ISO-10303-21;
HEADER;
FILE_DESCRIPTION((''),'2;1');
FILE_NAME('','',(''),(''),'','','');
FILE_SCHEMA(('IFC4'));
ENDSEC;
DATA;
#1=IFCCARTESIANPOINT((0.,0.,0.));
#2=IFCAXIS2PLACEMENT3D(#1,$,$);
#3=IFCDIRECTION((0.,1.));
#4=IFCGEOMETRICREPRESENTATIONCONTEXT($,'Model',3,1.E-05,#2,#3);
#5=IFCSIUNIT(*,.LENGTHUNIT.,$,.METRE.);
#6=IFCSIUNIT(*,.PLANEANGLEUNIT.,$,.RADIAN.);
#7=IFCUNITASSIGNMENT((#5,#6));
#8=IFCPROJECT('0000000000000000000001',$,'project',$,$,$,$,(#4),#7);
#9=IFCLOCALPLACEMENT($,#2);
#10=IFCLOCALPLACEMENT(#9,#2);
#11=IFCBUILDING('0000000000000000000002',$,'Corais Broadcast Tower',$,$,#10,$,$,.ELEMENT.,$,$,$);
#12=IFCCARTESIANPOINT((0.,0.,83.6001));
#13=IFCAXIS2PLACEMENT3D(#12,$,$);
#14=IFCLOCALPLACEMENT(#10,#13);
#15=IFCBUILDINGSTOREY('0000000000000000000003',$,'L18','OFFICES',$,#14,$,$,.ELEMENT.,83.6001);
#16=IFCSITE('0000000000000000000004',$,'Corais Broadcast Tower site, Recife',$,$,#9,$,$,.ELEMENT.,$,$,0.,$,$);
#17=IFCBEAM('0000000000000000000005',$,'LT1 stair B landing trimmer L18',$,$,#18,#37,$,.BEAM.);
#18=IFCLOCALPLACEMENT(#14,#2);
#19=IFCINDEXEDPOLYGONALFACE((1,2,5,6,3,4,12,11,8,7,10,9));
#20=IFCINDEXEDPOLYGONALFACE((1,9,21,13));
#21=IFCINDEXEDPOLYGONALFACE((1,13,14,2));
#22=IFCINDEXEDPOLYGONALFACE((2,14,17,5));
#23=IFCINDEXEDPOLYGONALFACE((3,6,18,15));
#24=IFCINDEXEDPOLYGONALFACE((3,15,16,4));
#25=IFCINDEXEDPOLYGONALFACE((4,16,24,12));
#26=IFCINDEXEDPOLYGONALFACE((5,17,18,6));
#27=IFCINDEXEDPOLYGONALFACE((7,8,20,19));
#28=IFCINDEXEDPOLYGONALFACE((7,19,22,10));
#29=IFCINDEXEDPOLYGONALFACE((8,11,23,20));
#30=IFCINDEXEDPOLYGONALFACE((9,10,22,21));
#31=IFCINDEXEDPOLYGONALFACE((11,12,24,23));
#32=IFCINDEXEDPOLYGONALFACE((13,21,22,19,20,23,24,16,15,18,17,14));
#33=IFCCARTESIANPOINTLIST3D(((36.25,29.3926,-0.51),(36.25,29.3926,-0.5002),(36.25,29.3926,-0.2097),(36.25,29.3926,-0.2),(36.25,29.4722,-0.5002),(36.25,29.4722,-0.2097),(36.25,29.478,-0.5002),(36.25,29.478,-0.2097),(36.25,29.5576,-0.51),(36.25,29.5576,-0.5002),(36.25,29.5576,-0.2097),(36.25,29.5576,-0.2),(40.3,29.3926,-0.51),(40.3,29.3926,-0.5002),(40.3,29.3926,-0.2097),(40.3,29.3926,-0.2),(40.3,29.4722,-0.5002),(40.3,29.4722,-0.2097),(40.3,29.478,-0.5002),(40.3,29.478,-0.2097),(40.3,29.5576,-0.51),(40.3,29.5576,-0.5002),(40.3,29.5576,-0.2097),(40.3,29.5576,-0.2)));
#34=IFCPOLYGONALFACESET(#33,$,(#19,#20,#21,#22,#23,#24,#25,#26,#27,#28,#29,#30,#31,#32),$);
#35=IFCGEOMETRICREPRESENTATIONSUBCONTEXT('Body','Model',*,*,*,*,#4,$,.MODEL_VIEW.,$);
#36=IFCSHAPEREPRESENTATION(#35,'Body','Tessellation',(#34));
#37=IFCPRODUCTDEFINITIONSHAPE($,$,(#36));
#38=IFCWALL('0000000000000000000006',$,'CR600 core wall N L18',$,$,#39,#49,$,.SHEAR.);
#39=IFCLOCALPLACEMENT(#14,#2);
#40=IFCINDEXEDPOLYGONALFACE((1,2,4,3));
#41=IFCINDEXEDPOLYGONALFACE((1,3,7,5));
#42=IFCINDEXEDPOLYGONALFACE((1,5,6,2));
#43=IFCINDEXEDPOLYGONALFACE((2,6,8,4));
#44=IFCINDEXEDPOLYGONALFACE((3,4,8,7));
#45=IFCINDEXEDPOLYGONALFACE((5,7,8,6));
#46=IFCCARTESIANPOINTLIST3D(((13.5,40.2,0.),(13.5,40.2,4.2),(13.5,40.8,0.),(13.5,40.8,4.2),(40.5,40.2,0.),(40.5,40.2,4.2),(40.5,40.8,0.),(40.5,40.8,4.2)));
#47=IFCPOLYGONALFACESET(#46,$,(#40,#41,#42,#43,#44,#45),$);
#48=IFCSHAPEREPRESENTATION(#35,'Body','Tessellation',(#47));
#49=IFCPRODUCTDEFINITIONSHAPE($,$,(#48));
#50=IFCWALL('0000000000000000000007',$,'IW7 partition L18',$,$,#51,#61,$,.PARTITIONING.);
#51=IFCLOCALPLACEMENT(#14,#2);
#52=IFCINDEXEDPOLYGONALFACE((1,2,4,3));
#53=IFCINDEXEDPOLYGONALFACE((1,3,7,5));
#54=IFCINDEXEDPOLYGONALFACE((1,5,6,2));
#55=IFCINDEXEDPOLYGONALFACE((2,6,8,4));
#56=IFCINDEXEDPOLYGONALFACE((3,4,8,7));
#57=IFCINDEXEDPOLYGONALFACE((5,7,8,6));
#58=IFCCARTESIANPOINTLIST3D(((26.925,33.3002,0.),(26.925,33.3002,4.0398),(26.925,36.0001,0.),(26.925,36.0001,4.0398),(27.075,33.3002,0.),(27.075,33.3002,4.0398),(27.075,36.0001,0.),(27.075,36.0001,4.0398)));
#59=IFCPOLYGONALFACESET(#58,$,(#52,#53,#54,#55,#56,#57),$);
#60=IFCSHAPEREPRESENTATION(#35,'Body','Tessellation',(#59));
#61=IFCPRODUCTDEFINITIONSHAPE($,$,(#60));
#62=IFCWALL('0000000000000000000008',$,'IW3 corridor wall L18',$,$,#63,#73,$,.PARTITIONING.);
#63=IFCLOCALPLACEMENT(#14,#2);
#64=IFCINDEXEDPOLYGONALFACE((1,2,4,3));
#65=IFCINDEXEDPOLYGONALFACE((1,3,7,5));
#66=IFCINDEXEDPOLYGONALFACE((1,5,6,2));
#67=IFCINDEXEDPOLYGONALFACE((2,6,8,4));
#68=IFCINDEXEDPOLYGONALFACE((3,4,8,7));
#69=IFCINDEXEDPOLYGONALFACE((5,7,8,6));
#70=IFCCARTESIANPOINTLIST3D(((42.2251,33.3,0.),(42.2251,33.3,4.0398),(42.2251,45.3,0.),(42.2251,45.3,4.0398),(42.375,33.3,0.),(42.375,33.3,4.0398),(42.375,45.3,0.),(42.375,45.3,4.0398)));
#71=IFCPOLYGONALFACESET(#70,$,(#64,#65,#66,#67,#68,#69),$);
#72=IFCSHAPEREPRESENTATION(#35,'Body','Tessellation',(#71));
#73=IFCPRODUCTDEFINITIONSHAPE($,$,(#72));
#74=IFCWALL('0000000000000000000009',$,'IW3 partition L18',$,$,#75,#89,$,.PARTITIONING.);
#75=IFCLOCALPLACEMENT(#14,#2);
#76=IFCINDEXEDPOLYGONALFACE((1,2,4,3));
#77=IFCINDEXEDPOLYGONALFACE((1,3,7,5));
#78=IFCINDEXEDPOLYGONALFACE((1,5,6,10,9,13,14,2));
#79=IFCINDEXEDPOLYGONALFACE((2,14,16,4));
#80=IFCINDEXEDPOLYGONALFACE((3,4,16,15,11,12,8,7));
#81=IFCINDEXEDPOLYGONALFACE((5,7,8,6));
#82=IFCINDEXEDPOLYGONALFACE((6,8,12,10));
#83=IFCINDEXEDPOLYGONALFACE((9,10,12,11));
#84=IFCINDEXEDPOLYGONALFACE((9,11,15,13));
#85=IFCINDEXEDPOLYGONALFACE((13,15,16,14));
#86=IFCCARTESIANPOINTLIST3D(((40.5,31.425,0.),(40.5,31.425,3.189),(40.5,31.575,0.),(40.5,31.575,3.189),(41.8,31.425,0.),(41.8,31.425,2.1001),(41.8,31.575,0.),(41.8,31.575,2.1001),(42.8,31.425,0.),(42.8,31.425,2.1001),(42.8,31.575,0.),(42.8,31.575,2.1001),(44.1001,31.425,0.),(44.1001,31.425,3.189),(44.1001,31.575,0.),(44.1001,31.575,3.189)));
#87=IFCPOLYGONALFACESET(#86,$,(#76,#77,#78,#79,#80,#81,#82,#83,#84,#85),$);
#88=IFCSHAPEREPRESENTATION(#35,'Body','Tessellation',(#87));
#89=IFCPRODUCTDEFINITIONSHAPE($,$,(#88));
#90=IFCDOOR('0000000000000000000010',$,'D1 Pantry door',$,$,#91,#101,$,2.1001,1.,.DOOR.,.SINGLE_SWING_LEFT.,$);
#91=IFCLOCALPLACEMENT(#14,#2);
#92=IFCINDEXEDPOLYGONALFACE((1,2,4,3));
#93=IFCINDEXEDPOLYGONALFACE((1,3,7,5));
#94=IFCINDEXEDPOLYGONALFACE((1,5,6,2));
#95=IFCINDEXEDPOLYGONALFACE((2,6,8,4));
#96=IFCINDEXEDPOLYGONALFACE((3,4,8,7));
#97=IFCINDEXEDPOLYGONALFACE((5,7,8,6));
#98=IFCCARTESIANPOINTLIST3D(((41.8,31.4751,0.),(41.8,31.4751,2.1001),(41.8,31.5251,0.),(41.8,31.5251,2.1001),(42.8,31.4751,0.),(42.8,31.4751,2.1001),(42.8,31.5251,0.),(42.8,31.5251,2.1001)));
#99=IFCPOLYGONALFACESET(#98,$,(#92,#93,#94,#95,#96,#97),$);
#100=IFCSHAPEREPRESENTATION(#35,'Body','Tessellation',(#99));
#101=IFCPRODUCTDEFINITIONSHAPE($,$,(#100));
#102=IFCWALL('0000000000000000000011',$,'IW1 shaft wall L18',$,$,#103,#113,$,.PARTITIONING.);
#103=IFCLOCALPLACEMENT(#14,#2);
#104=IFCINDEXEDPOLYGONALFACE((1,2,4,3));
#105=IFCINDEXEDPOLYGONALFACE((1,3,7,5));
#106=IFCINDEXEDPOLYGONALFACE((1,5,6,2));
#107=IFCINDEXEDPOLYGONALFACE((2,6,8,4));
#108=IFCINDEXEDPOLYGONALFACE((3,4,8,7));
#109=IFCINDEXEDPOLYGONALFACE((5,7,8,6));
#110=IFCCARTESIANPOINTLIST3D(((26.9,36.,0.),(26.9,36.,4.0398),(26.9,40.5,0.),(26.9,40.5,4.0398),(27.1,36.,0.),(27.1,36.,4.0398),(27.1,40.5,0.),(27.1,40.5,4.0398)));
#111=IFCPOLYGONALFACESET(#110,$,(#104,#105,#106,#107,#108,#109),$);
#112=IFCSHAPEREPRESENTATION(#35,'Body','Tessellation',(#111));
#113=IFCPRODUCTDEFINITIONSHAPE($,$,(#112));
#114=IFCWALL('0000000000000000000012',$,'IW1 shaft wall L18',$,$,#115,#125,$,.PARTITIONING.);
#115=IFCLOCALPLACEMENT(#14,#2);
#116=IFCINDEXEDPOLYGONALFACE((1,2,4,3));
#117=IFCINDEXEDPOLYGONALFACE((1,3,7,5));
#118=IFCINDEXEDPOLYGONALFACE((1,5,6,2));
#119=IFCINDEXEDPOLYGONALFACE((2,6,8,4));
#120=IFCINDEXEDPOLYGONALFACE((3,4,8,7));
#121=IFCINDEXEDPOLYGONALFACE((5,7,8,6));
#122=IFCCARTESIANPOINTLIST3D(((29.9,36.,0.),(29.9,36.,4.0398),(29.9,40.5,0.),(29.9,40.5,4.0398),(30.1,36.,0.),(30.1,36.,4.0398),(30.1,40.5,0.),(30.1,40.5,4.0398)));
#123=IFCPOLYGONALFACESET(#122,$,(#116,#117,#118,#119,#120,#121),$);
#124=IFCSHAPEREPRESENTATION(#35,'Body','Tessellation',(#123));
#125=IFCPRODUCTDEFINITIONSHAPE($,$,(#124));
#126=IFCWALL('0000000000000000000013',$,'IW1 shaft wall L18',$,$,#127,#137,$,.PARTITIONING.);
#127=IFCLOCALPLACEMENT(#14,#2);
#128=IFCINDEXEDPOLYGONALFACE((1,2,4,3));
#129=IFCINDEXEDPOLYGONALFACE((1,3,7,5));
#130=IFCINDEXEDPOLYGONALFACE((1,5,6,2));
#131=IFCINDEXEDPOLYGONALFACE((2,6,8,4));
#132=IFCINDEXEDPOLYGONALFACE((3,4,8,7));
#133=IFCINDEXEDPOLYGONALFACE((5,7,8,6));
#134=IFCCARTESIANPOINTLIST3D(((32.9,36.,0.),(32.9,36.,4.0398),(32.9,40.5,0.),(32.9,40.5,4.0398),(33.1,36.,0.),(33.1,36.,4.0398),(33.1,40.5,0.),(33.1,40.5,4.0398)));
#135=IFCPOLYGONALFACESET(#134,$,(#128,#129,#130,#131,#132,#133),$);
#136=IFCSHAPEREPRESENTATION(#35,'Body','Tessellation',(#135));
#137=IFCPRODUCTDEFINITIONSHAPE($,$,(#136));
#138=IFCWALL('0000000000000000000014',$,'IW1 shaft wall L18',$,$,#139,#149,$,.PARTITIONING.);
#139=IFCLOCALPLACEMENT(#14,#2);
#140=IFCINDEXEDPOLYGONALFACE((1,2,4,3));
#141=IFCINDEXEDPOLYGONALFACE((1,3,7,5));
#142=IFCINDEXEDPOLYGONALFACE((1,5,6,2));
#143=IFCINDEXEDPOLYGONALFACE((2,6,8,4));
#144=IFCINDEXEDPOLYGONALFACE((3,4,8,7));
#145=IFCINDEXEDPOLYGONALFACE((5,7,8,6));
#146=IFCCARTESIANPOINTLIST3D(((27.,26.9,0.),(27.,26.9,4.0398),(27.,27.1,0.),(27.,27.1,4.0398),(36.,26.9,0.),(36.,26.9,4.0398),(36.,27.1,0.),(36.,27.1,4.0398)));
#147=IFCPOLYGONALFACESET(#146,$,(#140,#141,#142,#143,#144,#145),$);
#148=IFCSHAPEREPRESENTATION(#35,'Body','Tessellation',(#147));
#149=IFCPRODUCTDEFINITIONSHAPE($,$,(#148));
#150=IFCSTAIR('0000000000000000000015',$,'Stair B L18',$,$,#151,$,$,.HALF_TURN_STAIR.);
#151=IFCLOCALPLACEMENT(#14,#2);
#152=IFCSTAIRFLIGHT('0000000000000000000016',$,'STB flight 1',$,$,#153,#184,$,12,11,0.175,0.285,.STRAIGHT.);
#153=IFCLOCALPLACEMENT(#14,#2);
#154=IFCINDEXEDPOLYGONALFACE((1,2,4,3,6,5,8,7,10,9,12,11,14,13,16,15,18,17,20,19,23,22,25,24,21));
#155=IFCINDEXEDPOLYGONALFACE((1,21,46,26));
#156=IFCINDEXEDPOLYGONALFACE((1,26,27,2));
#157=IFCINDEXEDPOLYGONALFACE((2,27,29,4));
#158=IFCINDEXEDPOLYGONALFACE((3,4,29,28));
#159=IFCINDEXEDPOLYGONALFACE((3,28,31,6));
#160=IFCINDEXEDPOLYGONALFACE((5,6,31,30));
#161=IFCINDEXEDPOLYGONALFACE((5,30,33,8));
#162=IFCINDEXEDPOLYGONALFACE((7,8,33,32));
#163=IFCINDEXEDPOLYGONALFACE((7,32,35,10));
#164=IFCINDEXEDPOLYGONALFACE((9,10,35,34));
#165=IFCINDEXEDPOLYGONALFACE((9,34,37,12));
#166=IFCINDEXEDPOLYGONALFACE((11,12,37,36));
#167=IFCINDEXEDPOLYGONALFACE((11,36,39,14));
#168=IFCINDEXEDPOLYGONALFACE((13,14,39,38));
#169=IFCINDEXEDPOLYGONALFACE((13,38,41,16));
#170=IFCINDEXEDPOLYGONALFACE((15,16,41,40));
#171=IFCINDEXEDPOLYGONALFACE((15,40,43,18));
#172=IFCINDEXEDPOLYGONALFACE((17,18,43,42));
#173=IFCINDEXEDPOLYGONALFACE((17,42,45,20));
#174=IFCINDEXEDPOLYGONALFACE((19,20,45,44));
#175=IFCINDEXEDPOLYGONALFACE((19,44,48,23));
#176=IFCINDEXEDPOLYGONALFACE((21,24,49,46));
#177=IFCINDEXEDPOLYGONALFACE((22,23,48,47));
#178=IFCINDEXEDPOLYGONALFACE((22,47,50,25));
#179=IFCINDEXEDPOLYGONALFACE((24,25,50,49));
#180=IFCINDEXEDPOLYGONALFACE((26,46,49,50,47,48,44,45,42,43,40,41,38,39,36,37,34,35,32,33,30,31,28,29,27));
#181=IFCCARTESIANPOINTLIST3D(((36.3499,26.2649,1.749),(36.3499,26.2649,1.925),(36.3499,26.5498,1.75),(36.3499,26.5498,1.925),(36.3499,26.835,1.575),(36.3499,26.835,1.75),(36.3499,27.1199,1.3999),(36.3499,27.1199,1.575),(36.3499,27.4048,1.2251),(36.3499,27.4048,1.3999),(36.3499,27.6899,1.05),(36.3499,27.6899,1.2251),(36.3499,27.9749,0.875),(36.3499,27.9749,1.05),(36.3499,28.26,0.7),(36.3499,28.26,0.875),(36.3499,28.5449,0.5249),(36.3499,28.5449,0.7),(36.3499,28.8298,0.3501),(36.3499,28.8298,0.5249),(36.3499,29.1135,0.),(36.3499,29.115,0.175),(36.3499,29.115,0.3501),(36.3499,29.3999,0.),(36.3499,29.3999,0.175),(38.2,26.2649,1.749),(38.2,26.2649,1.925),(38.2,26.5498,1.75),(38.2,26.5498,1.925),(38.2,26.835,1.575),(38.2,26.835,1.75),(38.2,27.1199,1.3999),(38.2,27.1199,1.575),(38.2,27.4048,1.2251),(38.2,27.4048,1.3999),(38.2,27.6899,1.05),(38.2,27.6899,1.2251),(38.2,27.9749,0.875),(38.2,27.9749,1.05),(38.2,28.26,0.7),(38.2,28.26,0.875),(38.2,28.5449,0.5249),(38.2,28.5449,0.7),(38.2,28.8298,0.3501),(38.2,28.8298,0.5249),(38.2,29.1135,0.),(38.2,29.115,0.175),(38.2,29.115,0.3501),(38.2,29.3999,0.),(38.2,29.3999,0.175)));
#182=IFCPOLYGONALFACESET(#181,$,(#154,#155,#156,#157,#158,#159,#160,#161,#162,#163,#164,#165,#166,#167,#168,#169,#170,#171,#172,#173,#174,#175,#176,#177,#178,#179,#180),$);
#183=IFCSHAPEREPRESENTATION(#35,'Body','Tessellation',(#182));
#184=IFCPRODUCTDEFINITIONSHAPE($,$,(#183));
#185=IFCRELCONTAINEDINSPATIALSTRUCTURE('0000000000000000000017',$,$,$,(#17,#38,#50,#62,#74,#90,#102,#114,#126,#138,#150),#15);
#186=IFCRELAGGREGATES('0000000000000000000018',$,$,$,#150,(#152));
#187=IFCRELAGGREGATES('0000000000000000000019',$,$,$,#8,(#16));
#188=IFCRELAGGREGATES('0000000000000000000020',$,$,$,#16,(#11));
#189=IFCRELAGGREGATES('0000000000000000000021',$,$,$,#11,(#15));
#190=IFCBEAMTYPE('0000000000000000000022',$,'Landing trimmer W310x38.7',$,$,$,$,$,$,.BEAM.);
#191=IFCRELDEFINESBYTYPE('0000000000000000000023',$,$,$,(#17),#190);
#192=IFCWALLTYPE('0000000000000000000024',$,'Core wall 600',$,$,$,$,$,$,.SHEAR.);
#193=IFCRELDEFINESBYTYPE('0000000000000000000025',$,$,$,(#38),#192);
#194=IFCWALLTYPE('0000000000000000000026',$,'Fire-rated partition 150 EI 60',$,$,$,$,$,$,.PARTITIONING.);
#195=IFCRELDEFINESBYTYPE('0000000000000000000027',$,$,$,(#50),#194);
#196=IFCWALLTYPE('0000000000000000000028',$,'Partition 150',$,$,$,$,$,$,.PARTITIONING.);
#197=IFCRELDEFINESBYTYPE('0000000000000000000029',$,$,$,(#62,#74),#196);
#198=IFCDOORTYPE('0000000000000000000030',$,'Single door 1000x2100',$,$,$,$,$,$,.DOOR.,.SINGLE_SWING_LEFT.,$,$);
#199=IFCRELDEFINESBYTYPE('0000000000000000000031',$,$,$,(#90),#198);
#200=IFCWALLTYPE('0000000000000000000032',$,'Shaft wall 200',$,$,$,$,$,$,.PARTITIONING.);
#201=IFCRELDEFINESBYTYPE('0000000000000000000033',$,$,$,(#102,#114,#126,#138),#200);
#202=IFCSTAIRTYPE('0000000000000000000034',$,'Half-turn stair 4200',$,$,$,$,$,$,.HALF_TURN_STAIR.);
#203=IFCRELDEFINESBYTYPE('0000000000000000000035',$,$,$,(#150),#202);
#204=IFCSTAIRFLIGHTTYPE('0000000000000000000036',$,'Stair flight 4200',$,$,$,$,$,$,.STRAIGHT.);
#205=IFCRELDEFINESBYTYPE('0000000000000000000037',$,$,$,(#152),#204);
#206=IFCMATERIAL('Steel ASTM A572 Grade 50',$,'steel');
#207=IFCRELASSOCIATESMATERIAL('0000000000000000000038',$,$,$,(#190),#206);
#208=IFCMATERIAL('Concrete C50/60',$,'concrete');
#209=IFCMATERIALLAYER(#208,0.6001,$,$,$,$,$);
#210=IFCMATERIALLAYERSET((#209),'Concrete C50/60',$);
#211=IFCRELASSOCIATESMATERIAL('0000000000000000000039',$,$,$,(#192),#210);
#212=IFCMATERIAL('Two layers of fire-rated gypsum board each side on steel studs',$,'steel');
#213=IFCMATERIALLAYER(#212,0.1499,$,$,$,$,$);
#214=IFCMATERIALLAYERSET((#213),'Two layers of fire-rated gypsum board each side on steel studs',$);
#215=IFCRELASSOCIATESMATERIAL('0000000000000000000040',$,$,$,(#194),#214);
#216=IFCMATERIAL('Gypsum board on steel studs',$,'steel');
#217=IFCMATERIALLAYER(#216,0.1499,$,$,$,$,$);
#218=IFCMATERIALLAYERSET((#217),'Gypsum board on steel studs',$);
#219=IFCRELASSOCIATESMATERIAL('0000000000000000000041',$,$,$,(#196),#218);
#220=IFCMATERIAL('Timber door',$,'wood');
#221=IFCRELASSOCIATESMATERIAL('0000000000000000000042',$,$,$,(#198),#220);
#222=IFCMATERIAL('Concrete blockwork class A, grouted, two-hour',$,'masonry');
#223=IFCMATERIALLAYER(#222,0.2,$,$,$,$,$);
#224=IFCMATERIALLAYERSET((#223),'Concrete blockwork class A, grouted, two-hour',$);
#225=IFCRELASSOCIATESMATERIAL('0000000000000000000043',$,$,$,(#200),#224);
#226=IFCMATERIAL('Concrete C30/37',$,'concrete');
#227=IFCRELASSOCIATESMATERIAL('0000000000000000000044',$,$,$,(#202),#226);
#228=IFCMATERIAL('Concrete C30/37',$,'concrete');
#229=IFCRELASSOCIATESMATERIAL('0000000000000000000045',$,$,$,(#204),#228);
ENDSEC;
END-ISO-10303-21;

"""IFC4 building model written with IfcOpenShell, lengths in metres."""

from ifc_helpers import new_model, si_unit, direction, frame, frame_2d, origin, origin_2d, place, context, subcontext, project, spatial, polyline, rectangle, i_section, outline, extrude, material, layer, layer_set, material_profile, profile_set, type_object, element, fill, aggregate, save


model = new_model("IFC4")

# Units and contexts
model_context = context("Model", 3, precision=1e-05, world=origin(), true_north=direction((0.0, 1.0)))
body_context = subcontext(model_context, "Body", "Model", "MODEL_VIEW")
ifc_project = project(units=[si_unit("LENGTHUNIT", "METRE"), si_unit("PLANEANGLEUNIT", "RADIAN")], contexts=[model_context])

# Site, building, storey
site_placement = place(None, origin())
site = spatial("IfcSite", under=ifc_project, at=site_placement, Name="Corais Broadcast Tower site, Recife", CompositionType="ELEMENT", RefElevation=0.0)
building_placement = place(site_placement, origin())
building = spatial("IfcBuilding", under=site, at=building_placement, Name="Corais Broadcast Tower", CompositionType="ELEMENT")
storey_placement = place(building_placement, frame((0.0, 0.0, 83.6001)))
storey = spatial("IfcBuildingStorey", under=building, at=storey_placement, Name="L18", Description="OFFICES", CompositionType="ELEMENT", Elevation=83.6001)

# Beam
ifc_material_1 = material(Name="Steel ASTM A572 Grade 50", Category="steel")
ifc_material_profile = material_profile(ifc_material_1, i_section(OverallWidth=0.165, OverallDepth=0.3101, WebThickness=0.0059, FlangeThickness=0.0098, at=origin_2d()), Name="W310x38.7")
ifc_profile_set = profile_set([ifc_material_profile], Name="Steel ASTM A572 Grade 50")
beam_type = type_object("IfcBeamType", Name="Landing trimmer W310x38.7", PredefinedType="BEAM", material=ifc_profile_set)
beam_placement = place(storey_placement, frame((36.25, 29.4751, -0.355), z_axis=(1.0, 0.0, 0.0), x_axis=(0.0, 1.0, 0.0)))
element("IfcBeam", 1, at=beam_placement, inside=storey, type_object=beam_type, Name="LT1 stair B landing trimmer L18", PredefinedType="BEAM", context=body_context, shape_type="SweptSolid", body=[
    extrude(i_section(OverallWidth=0.165, OverallDepth=0.3101, WebThickness=0.0059, FlangeThickness=0.0098, at=origin_2d()), origin(), (0.0, 0.0, 1.0), 4.05),
])

# Walls
ifc_material_2 = material(Name="Concrete C50/60", Category="concrete")
ifc_layer_1 = layer(ifc_material_2, 0.6001)
ifc_layer_set_1 = layer_set([ifc_layer_1], Name="Concrete C50/60")
wall_type_1 = type_object("IfcWallType", Name="Core wall 600", PredefinedType="SHEAR", material=ifc_layer_set_1)
wall_1_placement = place(storey_placement, frame((40.5, 40.5, 0.0), z_axis=(0.0, 0.0, 1.0), x_axis=(-1.0, 0.0, 0.0)))
element("IfcWall", 2, at=wall_1_placement, inside=storey, type_object=wall_type_1, Name="CR600 core wall N L18", PredefinedType="SHEAR", context=body_context, shape_type="SweptSolid", body=[
    extrude(rectangle(XDim=27.0, YDim=0.6001, at=frame_2d((13.5, 0.0))), origin(), (0.0, 0.0, 1.0), 4.2),
])
ifc_material_3 = material(Name="Two layers of fire-rated gypsum board each side on steel studs", Category="steel")
ifc_layer_2 = layer(ifc_material_3, 0.1499)
ifc_layer_set_2 = layer_set([ifc_layer_2], Name="Two layers of fire-rated gypsum board each side on steel studs")
wall_type_2 = type_object("IfcWallType", Name="Fire-rated partition 150 EI 60", PredefinedType="PARTITIONING", material=ifc_layer_set_2)
wall_2_placement = place(storey_placement, frame((27.0, 33.3, 0.0), z_axis=(0.0, 0.0, 1.0), x_axis=(0.0, 1.0, 0.0)))
element("IfcWall", 3, at=wall_2_placement, inside=storey, type_object=wall_type_2, Name="IW7 partition L18", PredefinedType="PARTITIONING", context=body_context, shape_type="SweptSolid", body=[
    extrude(rectangle(XDim=2.7, YDim=0.1499, at=frame_2d((1.3501, 0.0))), origin(), (0.0, 0.0, 1.0), 4.0398),
])
ifc_material_4 = material(Name="Gypsum board on steel studs", Category="steel")
ifc_layer_3 = layer(ifc_material_4, 0.1499)
ifc_layer_set_3 = layer_set([ifc_layer_3], Name="Gypsum board on steel studs")
wall_type_3 = type_object("IfcWallType", Name="Partition 150", PredefinedType="PARTITIONING", material=ifc_layer_set_3)
wall_3_placement = place(storey_placement, frame((42.3, 33.3, 0.0), z_axis=(0.0, 0.0, 1.0), x_axis=(0.0, 1.0, 0.0)))
element("IfcWall", 4, at=wall_3_placement, inside=storey, type_object=wall_type_3, Name="IW3 corridor wall L18", PredefinedType="PARTITIONING", context=body_context, shape_type="SweptSolid", body=[
    extrude(rectangle(XDim=12.0, YDim=0.1499, at=frame_2d((6.0, 0.0))), origin(), (0.0, 0.0, 1.0), 4.0398),
])

# Wall, opening, door
wall_4_placement = place(storey_placement, frame((44.1001, 31.5, 0.0), z_axis=(0.0, 0.0, 1.0), x_axis=(-1.0, 0.0, 0.0)))
wall_4 = element("IfcWall", 5, at=wall_4_placement, inside=storey, type_object=wall_type_3, Name="IW3 partition L18", PredefinedType="PARTITIONING", context=body_context, shape_type="SweptSolid", body=[
    extrude(rectangle(XDim=3.6001, YDim=0.1499, at=frame_2d((1.8, 0.0))), origin(), (0.0, 0.0, 1.0), 3.189),
])
opening_placement = place(wall_4_placement, frame((1.3, 0.0, 0.0)))
opening = element("IfcOpeningElement", 6, at=opening_placement, cuts=wall_4, PredefinedType="OPENING", context=body_context, shape_type="SweptSolid", body=[
    extrude(rectangle(XDim=1.0, YDim=2.1001, at=frame_2d((0.5, 1.05))), frame((0.0, 0.085, 0.0), z_axis=(0.0, -1.0, 0.0), x_axis=(1.0, 0.0, 0.0)), (0.0, 0.0, 1.0), 0.1699),
])
ifc_material_5 = material(Name="Timber door", Category="wood")
door_type = type_object("IfcDoorType", Name="Single door 1000x2100", OperationType="SINGLE_SWING_LEFT", PredefinedType="DOOR", material=ifc_material_5)
door_placement = place(opening_placement, origin())
door = element("IfcDoor", 7, at=door_placement, inside=storey, type_object=door_type, Name="D1 Pantry door", OperationType="SINGLE_SWING_LEFT", OverallHeight=2.1001, OverallWidth=1.0, PredefinedType="DOOR", context=body_context, shape_type="SweptSolid", body=[
    extrude(rectangle(XDim=1.0, YDim=2.1001, at=frame_2d((0.5, 1.05))), frame((0.0, 0.0249, 0.0), z_axis=(0.0, -1.0, 0.0), x_axis=(1.0, 0.0, 0.0)), (0.0, 0.0, 1.0), 0.05),
])
fill(opening, door)

# Walls
ifc_material_6 = material(Name="Concrete blockwork class A, grouted, two-hour", Category="masonry")
ifc_layer_4 = layer(ifc_material_6, 0.2)
ifc_layer_set_4 = layer_set([ifc_layer_4], Name="Concrete blockwork class A, grouted, two-hour")
wall_type_4 = type_object("IfcWallType", Name="Shaft wall 200", PredefinedType="PARTITIONING", material=ifc_layer_set_4)
for number, where, z_axis, x_axis, name in (
    (8, (27.0, 36.0, 0.0), (0.0, 0.0, 1.0), (0.0, 1.0, 0.0), "IW1 shaft wall L18"),
    (9, (30.0, 36.0, 0.0), (0.0, 0.0, 1.0), (0.0, 1.0, 0.0), "IW1 shaft wall L18"),
    (10, (33.0, 36.0, 0.0), (0.0, 0.0, 1.0), (0.0, 1.0, 0.0), "IW1 shaft wall L18"),
):
    element("IfcWall", number, at=place(storey_placement, frame(where, z_axis=z_axis, x_axis=x_axis)), inside=storey, type_object=wall_type_4, Name=name, PredefinedType="PARTITIONING", context=body_context, shape_type="SweptSolid", body=[
        extrude(rectangle(XDim=4.5, YDim=0.2, at=frame_2d((2.25, 0.0))), origin(), (0.0, 0.0, 1.0), 4.0398),
    ])
wall_5_placement = place(storey_placement, frame((27.0, 27.0, 0.0), z_axis=(0.0, 0.0, 1.0), x_axis=(1.0, 0.0, 0.0)))
element("IfcWall", 11, at=wall_5_placement, inside=storey, type_object=wall_type_4, Name="IW1 shaft wall L18", PredefinedType="PARTITIONING", context=body_context, shape_type="SweptSolid", body=[
    extrude(rectangle(XDim=9.0, YDim=0.2, at=frame_2d((4.5, 0.0))), origin(), (0.0, 0.0, 1.0), 4.0398),
])

# Stair, stair flight
ifc_material_7 = material(Name="Concrete C30/37", Category="concrete")
stair_type = type_object("IfcStairType", Name="Half-turn stair 4200", PredefinedType="HALF_TURN_STAIR", material=ifc_material_7)
stair_placement = place(storey_placement, origin())
stair = element("IfcStair", 12, at=stair_placement, inside=storey, type_object=stair_type, Name="Stair B L18", PredefinedType="HALF_TURN_STAIR")
ifc_material_8 = material(Name="Concrete C30/37", Category="concrete")
stair_flight_type = type_object("IfcStairFlightType", Name="Stair flight 4200", PredefinedType="STRAIGHT", material=ifc_material_8)
stair_flight_placement = place(storey_placement, frame((37.2749, 29.3999, 0.0), z_axis=(0.0, 0.0, 1.0), x_axis=(0.0, -1.0, 0.0)))
stair_flight = element("IfcStairFlight", 13, at=stair_flight_placement, type_object=stair_flight_type, Name="STB flight 1", NumberOfRisers=12, NumberOfTreads=11, PredefinedType="STRAIGHT", RiserHeight=0.175, TreadLength=0.285, context=body_context, shape_type="SweptSolid", body=[
    extrude(outline(polyline([(0.0, 0.0), (0.0, 0.175), (0.2849, 0.175), (0.2849, 0.3501), (0.5701, 0.3501), (0.5701, 0.5249), (0.855, 0.5249), (0.855, 0.7), (1.1399, 0.7), (1.1399, 0.875), (1.425, 0.875), (1.425, 1.05), (1.71, 1.05), (1.71, 1.2251), (1.9951, 1.2251), (1.9951, 1.3999), (2.28, 1.3999), (2.28, 1.575), (2.5649, 1.575), (2.5649, 1.75), (2.8501, 1.75), (2.8501, 1.925), (3.135, 1.925), (3.135, 2.1001), (3.135, 1.749), (0.2864, 0.0), (0.0, 0.0)])), frame((0.0, 0.925, 0.0), z_axis=(0.0, -1.0, 0.0), x_axis=(1.0, 0.0, 0.0)), (0.0, 0.0, 1.0), 1.8501),
])
aggregate(stair, [stair_flight])

save(model, "model.ifc")
